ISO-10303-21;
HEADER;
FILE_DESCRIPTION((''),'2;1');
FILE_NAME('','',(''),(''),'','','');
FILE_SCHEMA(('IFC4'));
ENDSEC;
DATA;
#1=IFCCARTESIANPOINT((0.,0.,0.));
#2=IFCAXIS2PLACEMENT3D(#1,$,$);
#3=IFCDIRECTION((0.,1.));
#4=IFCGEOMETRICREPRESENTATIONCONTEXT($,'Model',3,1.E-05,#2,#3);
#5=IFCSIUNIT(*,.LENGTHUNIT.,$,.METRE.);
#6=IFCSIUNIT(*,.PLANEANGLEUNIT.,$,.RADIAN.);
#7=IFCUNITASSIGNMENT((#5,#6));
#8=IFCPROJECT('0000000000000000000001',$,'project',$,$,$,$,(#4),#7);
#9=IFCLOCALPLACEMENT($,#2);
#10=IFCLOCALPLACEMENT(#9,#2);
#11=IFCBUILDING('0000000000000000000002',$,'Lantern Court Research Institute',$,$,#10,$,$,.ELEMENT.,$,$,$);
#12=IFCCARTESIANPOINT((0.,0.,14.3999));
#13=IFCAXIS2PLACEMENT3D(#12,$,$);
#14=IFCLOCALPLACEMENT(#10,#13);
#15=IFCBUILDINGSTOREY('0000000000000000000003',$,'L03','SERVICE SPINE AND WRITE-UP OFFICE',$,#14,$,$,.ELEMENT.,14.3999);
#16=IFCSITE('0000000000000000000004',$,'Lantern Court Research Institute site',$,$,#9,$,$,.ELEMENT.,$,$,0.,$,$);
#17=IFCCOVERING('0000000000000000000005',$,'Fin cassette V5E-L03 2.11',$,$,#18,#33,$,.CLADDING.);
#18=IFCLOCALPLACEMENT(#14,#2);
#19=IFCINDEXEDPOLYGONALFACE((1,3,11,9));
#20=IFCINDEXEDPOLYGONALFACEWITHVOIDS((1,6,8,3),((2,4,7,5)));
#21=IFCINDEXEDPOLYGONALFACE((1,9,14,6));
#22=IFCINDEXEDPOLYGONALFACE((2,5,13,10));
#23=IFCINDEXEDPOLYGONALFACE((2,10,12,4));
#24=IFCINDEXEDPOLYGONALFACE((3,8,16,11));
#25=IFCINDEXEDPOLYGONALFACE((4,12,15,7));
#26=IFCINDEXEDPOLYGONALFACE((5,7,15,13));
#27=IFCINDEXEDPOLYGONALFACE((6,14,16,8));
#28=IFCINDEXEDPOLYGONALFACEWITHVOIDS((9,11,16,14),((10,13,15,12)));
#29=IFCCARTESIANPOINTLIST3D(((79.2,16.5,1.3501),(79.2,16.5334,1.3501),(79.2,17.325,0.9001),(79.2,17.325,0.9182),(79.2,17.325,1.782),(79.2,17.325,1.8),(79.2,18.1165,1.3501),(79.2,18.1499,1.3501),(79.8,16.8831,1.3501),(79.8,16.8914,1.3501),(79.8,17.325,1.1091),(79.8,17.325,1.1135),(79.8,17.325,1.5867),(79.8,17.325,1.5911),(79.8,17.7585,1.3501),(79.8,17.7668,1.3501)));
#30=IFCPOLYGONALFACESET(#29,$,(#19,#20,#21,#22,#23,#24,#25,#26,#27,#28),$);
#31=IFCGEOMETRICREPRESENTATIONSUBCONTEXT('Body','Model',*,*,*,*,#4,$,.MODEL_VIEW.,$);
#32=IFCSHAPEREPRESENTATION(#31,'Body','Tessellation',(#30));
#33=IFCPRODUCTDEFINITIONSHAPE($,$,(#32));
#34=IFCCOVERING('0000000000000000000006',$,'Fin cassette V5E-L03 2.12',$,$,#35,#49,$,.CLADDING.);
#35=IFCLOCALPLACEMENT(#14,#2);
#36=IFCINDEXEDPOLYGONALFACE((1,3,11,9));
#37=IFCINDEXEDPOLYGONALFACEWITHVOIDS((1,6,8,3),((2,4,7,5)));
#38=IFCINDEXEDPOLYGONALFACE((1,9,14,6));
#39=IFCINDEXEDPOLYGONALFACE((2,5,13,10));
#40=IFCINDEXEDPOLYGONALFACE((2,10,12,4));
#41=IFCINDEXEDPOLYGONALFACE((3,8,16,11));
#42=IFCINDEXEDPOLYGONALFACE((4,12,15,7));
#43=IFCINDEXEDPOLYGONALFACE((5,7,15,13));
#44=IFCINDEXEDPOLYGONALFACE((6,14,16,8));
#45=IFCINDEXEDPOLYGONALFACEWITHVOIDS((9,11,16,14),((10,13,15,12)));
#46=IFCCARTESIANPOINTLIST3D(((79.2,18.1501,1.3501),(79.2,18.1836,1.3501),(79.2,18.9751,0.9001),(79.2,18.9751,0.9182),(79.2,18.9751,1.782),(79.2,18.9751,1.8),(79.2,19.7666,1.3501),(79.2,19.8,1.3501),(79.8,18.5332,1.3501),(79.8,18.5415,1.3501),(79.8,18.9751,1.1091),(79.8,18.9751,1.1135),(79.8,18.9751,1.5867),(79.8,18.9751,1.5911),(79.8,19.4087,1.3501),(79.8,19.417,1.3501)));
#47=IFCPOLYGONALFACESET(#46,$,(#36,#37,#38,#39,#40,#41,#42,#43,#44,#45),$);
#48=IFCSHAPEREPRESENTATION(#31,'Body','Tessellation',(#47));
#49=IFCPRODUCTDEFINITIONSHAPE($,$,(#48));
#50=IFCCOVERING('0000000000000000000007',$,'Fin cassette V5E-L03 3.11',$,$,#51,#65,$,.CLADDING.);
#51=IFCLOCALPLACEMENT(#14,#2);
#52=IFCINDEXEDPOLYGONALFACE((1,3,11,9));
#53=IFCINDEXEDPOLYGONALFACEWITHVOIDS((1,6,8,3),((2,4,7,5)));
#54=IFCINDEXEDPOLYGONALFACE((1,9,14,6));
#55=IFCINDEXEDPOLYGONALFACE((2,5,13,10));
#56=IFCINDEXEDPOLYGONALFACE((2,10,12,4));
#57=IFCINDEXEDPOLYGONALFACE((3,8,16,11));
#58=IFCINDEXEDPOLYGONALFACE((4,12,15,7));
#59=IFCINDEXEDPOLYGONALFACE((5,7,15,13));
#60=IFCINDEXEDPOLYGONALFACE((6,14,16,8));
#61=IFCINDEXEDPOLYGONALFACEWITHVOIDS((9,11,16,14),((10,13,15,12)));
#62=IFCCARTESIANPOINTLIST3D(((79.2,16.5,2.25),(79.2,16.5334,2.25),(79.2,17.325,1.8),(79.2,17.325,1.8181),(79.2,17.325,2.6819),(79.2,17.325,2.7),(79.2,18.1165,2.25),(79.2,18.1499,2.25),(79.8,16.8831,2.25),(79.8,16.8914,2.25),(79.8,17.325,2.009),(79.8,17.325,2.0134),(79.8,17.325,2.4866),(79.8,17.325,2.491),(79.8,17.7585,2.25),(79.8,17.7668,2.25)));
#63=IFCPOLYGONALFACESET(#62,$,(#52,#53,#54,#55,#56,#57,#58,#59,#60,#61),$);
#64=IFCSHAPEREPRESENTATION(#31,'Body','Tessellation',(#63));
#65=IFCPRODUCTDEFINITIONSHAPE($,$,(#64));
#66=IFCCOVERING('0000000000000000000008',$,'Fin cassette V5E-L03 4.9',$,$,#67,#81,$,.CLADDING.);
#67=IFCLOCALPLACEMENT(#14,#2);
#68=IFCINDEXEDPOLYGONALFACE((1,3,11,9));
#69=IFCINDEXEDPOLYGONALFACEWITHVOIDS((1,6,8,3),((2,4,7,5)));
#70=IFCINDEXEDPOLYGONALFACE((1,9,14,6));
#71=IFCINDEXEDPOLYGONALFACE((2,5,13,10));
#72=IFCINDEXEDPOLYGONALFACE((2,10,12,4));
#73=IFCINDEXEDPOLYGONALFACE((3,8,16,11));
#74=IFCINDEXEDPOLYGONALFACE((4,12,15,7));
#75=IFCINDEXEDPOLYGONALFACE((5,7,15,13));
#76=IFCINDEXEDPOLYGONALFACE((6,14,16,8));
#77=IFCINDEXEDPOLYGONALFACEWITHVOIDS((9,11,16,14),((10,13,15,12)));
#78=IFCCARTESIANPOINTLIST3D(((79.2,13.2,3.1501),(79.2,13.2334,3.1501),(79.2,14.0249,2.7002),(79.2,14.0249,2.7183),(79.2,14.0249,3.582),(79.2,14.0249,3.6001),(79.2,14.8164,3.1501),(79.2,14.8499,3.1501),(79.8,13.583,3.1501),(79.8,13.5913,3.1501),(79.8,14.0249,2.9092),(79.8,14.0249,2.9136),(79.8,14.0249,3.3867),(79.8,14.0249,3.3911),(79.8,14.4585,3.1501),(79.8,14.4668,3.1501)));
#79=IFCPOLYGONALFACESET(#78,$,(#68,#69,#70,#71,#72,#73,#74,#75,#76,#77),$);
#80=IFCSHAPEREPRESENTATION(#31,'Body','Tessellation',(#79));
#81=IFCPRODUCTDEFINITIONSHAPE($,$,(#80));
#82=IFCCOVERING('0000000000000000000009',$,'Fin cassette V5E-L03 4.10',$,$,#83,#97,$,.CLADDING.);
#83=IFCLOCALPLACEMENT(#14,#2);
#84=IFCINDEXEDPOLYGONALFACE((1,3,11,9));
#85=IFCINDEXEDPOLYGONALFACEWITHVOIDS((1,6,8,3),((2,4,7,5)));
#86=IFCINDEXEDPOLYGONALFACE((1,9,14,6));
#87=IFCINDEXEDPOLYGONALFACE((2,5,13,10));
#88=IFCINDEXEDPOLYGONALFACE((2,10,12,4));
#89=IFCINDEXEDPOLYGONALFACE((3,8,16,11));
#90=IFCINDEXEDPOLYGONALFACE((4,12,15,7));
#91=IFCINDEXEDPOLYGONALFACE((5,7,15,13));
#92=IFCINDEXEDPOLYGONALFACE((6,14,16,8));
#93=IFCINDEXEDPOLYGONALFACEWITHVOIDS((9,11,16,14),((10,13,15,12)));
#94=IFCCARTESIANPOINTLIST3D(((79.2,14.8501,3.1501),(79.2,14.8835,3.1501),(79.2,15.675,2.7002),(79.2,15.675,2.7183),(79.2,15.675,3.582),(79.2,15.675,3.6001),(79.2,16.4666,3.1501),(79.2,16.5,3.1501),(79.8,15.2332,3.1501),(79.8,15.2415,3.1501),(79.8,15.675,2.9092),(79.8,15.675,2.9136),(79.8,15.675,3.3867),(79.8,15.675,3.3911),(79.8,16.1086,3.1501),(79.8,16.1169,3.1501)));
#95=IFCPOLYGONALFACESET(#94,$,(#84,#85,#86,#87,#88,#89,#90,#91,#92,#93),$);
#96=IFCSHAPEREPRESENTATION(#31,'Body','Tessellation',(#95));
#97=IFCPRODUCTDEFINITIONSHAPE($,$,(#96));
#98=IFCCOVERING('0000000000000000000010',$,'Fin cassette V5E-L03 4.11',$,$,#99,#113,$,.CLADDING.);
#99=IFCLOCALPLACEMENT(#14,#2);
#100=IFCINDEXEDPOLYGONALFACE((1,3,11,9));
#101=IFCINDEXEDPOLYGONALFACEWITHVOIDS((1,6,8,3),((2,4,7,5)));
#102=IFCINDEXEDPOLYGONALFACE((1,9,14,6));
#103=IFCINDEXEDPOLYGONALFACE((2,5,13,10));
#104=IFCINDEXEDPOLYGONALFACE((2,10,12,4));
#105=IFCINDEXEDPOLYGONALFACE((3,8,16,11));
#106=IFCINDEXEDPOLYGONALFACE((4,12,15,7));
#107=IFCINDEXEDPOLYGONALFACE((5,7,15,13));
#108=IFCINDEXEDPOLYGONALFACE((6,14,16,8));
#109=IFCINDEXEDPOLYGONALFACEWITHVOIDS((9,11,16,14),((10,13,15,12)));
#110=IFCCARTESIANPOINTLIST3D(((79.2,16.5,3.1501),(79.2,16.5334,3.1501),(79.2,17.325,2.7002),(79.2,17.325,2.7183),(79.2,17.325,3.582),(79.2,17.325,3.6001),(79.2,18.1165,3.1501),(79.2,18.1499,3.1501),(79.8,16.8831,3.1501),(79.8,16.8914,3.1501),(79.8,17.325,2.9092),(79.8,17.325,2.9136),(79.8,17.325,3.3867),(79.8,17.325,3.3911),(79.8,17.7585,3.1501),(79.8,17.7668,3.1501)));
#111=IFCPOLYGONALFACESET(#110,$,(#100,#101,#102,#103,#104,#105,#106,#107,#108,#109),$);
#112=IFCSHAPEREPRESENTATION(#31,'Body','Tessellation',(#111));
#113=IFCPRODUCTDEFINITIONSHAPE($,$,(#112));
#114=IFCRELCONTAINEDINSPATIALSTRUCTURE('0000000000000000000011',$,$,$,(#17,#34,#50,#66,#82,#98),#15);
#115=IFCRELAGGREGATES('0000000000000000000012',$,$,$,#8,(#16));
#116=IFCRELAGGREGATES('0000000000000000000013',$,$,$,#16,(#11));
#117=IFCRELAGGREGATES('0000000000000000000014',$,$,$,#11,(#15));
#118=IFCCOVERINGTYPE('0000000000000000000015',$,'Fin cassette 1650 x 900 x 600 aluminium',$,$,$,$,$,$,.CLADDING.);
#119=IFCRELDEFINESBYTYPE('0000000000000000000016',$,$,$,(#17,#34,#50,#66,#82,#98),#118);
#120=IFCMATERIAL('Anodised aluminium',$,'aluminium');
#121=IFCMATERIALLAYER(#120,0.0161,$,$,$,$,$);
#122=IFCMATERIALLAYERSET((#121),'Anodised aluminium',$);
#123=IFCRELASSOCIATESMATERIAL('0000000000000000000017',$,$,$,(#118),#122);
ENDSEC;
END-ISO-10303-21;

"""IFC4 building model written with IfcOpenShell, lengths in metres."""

from ifc_helpers import new_model, entity, si_unit, direction, frame, origin, place, context, subcontext, project, spatial, material, layer, layer_set, type_object, element, save


model = new_model("IFC4")

# Units and contexts
model_context = context("Model", 3, precision=1e-05, world=origin(), true_north=direction((0.0, 1.0)))
body_context = subcontext(model_context, "Body", "Model", "MODEL_VIEW")
ifc_project = project(units=[si_unit("LENGTHUNIT", "METRE"), si_unit("PLANEANGLEUNIT", "RADIAN")], contexts=[model_context])

# Site, building, storey
site_placement = place(None, origin())
site = spatial("IfcSite", under=ifc_project, at=site_placement, Name="Lantern Court Research Institute site", CompositionType="ELEMENT", RefElevation=0.0)
building_placement = place(site_placement, origin())
building = spatial("IfcBuilding", under=site, at=building_placement, Name="Lantern Court Research Institute", CompositionType="ELEMENT")
storey_placement = place(building_placement, frame((0.0, 0.0, 14.3999)))
storey = spatial("IfcBuildingStorey", under=building, at=storey_placement, Name="L03", Description="SERVICE SPINE AND WRITE-UP OFFICE", CompositionType="ELEMENT", Elevation=14.3999)

# Coverings
ifc_material_1 = material(Name="Anodised aluminium", Category="aluminium")
ifc_layer_1 = layer(ifc_material_1, 0.0161)
ifc_layer_set_1 = layer_set([ifc_layer_1], Name="Anodised aluminium")
covering_type = type_object("IfcCoveringType", Name="Fin cassette 1650 x 900 x 600 aluminium", PredefinedType="CLADDING", material=ifc_layer_set_1)
covering_1_placement = place(storey_placement, frame((79.2, 17.325, 1.3501), z_axis=(1.0, 0.0, 0.0), x_axis=(0.0, 1.0, 0.0)))
cartesian_point_1 = entity("IfcCartesianPoint", [0.825, 0.0])
cartesian_point_2 = entity("IfcCartesianPoint", [0.7915, 0.0])
cartesian_point_3 = entity("IfcCartesianPoint", [0.4419, 0.0])
cartesian_point_4 = entity("IfcCartesianPoint", [0.4336, 0.0])
element("IfcCovering", 1, at=covering_1_placement, inside=storey, type_object=covering_type, Name="Fin cassette V5E-L03 2.11", PredefinedType="CLADDING", context=body_context, shape_type="SweptSolid", body=[
    entity("IfcExtrudedAreaSolidTapered", entity("IfcArbitraryProfileDefWithVoids", "AREA", None, entity("IfcPolyline", [cartesian_point_1, entity("IfcCartesianPoint", [0.0, 0.45]), entity("IfcCartesianPoint", [-0.825, 0.0]), entity("IfcCartesianPoint", [0.0, -0.45]), cartesian_point_1]), [entity("IfcPolyline", [cartesian_point_2, entity("IfcCartesianPoint", [0.0, 0.4319]), entity("IfcCartesianPoint", [-0.7915, 0.0]), entity("IfcCartesianPoint", [0.0, -0.4319]), cartesian_point_2])]), entity("IfcAxis2Placement3D", entity("IfcCartesianPoint", [0.0, 0.0, 0.0])), entity("IfcDirection", [0.0, 0.0, 1.0]), 0.6001, entity("IfcArbitraryProfileDefWithVoids", "AREA", None, entity("IfcPolyline", [cartesian_point_3, entity("IfcCartesianPoint", [0.0, 0.241]), entity("IfcCartesianPoint", [-0.4419, 0.0]), entity("IfcCartesianPoint", [0.0, -0.241]), cartesian_point_3]), [entity("IfcPolyline", [cartesian_point_4, entity("IfcCartesianPoint", [0.0, 0.2366]), entity("IfcCartesianPoint", [-0.4336, 0.0]), entity("IfcCartesianPoint", [0.0, -0.2366]), cartesian_point_4])])),
])
covering_2_placement = place(storey_placement, frame((79.2, 18.9751, 1.3501), z_axis=(1.0, 0.0, 0.0), x_axis=(0.0, 1.0, 0.0)))
cartesian_point_5 = entity("IfcCartesianPoint", [0.825, 0.0])
cartesian_point_6 = entity("IfcCartesianPoint", [0.7915, 0.0])
cartesian_point_7 = entity("IfcCartesianPoint", [0.4419, 0.0])
cartesian_point_8 = entity("IfcCartesianPoint", [0.4336, 0.0])
element("IfcCovering", 2, at=covering_2_placement, inside=storey, type_object=covering_type, Name="Fin cassette V5E-L03 2.12", PredefinedType="CLADDING", context=body_context, shape_type="SweptSolid", body=[
    entity("IfcExtrudedAreaSolidTapered", entity("IfcArbitraryProfileDefWithVoids", "AREA", None, entity("IfcPolyline", [cartesian_point_5, entity("IfcCartesianPoint", [0.0, 0.45]), entity("IfcCartesianPoint", [-0.825, 0.0]), entity("IfcCartesianPoint", [0.0, -0.45]), cartesian_point_5]), [entity("IfcPolyline", [cartesian_point_6, entity("IfcCartesianPoint", [0.0, 0.4319]), entity("IfcCartesianPoint", [-0.7915, 0.0]), entity("IfcCartesianPoint", [0.0, -0.4319]), cartesian_point_6])]), entity("IfcAxis2Placement3D", entity("IfcCartesianPoint", [0.0, 0.0, 0.0])), entity("IfcDirection", [0.0, 0.0, 1.0]), 0.6001, entity("IfcArbitraryProfileDefWithVoids", "AREA", None, entity("IfcPolyline", [cartesian_point_7, entity("IfcCartesianPoint", [0.0, 0.241]), entity("IfcCartesianPoint", [-0.4419, 0.0]), entity("IfcCartesianPoint", [0.0, -0.241]), cartesian_point_7]), [entity("IfcPolyline", [cartesian_point_8, entity("IfcCartesianPoint", [0.0, 0.2366]), entity("IfcCartesianPoint", [-0.4336, 0.0]), entity("IfcCartesianPoint", [0.0, -0.2366]), cartesian_point_8])])),
])
covering_3_placement = place(storey_placement, frame((79.2, 17.325, 2.25), z_axis=(1.0, 0.0, 0.0), x_axis=(0.0, 1.0, 0.0)))
cartesian_point_9 = entity("IfcCartesianPoint", [0.825, 0.0])
cartesian_point_10 = entity("IfcCartesianPoint", [0.7915, 0.0])
cartesian_point_11 = entity("IfcCartesianPoint", [0.4419, 0.0])
cartesian_point_12 = entity("IfcCartesianPoint", [0.4336, 0.0])
element("IfcCovering", 3, at=covering_3_placement, inside=storey, type_object=covering_type, Name="Fin cassette V5E-L03 3.11", PredefinedType="CLADDING", context=body_context, shape_type="SweptSolid", body=[
    entity("IfcExtrudedAreaSolidTapered", entity("IfcArbitraryProfileDefWithVoids", "AREA", None, entity("IfcPolyline", [cartesian_point_9, entity("IfcCartesianPoint", [0.0, 0.45]), entity("IfcCartesianPoint", [-0.825, 0.0]), entity("IfcCartesianPoint", [0.0, -0.45]), cartesian_point_9]), [entity("IfcPolyline", [cartesian_point_10, entity("IfcCartesianPoint", [0.0, 0.4319]), entity("IfcCartesianPoint", [-0.7915, 0.0]), entity("IfcCartesianPoint", [0.0, -0.4319]), cartesian_point_10])]), entity("IfcAxis2Placement3D", entity("IfcCartesianPoint", [0.0, 0.0, 0.0])), entity("IfcDirection", [0.0, 0.0, 1.0]), 0.6001, entity("IfcArbitraryProfileDefWithVoids", "AREA", None, entity("IfcPolyline", [cartesian_point_11, entity("IfcCartesianPoint", [0.0, 0.241]), entity("IfcCartesianPoint", [-0.4419, 0.0]), entity("IfcCartesianPoint", [0.0, -0.241]), cartesian_point_11]), [entity("IfcPolyline", [cartesian_point_12, entity("IfcCartesianPoint", [0.0, 0.2366]), entity("IfcCartesianPoint", [-0.4336, 0.0]), entity("IfcCartesianPoint", [0.0, -0.2366]), cartesian_point_12])])),
])
covering_4_placement = place(storey_placement, frame((79.2, 14.0249, 3.1501), z_axis=(1.0, 0.0, 0.0), x_axis=(0.0, 1.0, 0.0)))
cartesian_point_13 = entity("IfcCartesianPoint", [0.825, 0.0])
cartesian_point_14 = entity("IfcCartesianPoint", [0.7915, 0.0])
cartesian_point_15 = entity("IfcCartesianPoint", [0.4419, 0.0])
cartesian_point_16 = entity("IfcCartesianPoint", [0.4336, 0.0])
element("IfcCovering", 4, at=covering_4_placement, inside=storey, type_object=covering_type, Name="Fin cassette V5E-L03 4.9", PredefinedType="CLADDING", context=body_context, shape_type="SweptSolid", body=[
    entity("IfcExtrudedAreaSolidTapered", entity("IfcArbitraryProfileDefWithVoids", "AREA", None, entity("IfcPolyline", [cartesian_point_13, entity("IfcCartesianPoint", [0.0, 0.45]), entity("IfcCartesianPoint", [-0.825, 0.0]), entity("IfcCartesianPoint", [0.0, -0.45]), cartesian_point_13]), [entity("IfcPolyline", [cartesian_point_14, entity("IfcCartesianPoint", [0.0, 0.4319]), entity("IfcCartesianPoint", [-0.7915, 0.0]), entity("IfcCartesianPoint", [0.0, -0.4319]), cartesian_point_14])]), entity("IfcAxis2Placement3D", entity("IfcCartesianPoint", [0.0, 0.0, 0.0])), entity("IfcDirection", [0.0, 0.0, 1.0]), 0.6001, entity("IfcArbitraryProfileDefWithVoids", "AREA", None, entity("IfcPolyline", [cartesian_point_15, entity("IfcCartesianPoint", [0.0, 0.241]), entity("IfcCartesianPoint", [-0.4419, 0.0]), entity("IfcCartesianPoint", [0.0, -0.241]), cartesian_point_15]), [entity("IfcPolyline", [cartesian_point_16, entity("IfcCartesianPoint", [0.0, 0.2366]), entity("IfcCartesianPoint", [-0.4336, 0.0]), entity("IfcCartesianPoint", [0.0, -0.2366]), cartesian_point_16])])),
])
covering_5_placement = place(storey_placement, frame((79.2, 15.675, 3.1501), z_axis=(1.0, 0.0, 0.0), x_axis=(0.0, 1.0, 0.0)))
cartesian_point_17 = entity("IfcCartesianPoint", [0.825, 0.0])
cartesian_point_18 = entity("IfcCartesianPoint", [0.7915, 0.0])
cartesian_point_19 = entity("IfcCartesianPoint", [0.4419, 0.0])
cartesian_point_20 = entity("IfcCartesianPoint", [0.4336, 0.0])
element("IfcCovering", 5, at=covering_5_placement, inside=storey, type_object=covering_type, Name="Fin cassette V5E-L03 4.10", PredefinedType="CLADDING", context=body_context, shape_type="SweptSolid", body=[
    entity("IfcExtrudedAreaSolidTapered", entity("IfcArbitraryProfileDefWithVoids", "AREA", None, entity("IfcPolyline", [cartesian_point_17, entity("IfcCartesianPoint", [0.0, 0.45]), entity("IfcCartesianPoint", [-0.825, 0.0]), entity("IfcCartesianPoint", [0.0, -0.45]), cartesian_point_17]), [entity("IfcPolyline", [cartesian_point_18, entity("IfcCartesianPoint", [0.0, 0.4319]), entity("IfcCartesianPoint", [-0.7915, 0.0]), entity("IfcCartesianPoint", [0.0, -0.4319]), cartesian_point_18])]), entity("IfcAxis2Placement3D", entity("IfcCartesianPoint", [0.0, 0.0, 0.0])), entity("IfcDirection", [0.0, 0.0, 1.0]), 0.6001, entity("IfcArbitraryProfileDefWithVoids", "AREA", None, entity("IfcPolyline", [cartesian_point_19, entity("IfcCartesianPoint", [0.0, 0.241]), entity("IfcCartesianPoint", [-0.4419, 0.0]), entity("IfcCartesianPoint", [0.0, -0.241]), cartesian_point_19]), [entity("IfcPolyline", [cartesian_point_20, entity("IfcCartesianPoint", [0.0, 0.2366]), entity("IfcCartesianPoint", [-0.4336, 0.0]), entity("IfcCartesianPoint", [0.0, -0.2366]), cartesian_point_20])])),
])
covering_6_placement = place(storey_placement, frame((79.2, 17.325, 3.1501), z_axis=(1.0, 0.0, 0.0), x_axis=(0.0, 1.0, 0.0)))
cartesian_point_21 = entity("IfcCartesianPoint", [0.825, 0.0])
cartesian_point_22 = entity("IfcCartesianPoint", [0.7915, 0.0])
cartesian_point_23 = entity("IfcCartesianPoint", [0.4419, 0.0])
cartesian_point_24 = entity("IfcCartesianPoint", [0.4336, 0.0])
element("IfcCovering", 6, at=covering_6_placement, inside=storey, type_object=covering_type, Name="Fin cassette V5E-L03 4.11", PredefinedType="CLADDING", context=body_context, shape_type="SweptSolid", body=[
    entity("IfcExtrudedAreaSolidTapered", entity("IfcArbitraryProfileDefWithVoids", "AREA", None, entity("IfcPolyline", [cartesian_point_21, entity("IfcCartesianPoint", [0.0, 0.45]), entity("IfcCartesianPoint", [-0.825, 0.0]), entity("IfcCartesianPoint", [0.0, -0.45]), cartesian_point_21]), [entity("IfcPolyline", [cartesian_point_22, entity("IfcCartesianPoint", [0.0, 0.4319]), entity("IfcCartesianPoint", [-0.7915, 0.0]), entity("IfcCartesianPoint", [0.0, -0.4319]), cartesian_point_22])]), entity("IfcAxis2Placement3D", entity("IfcCartesianPoint", [0.0, 0.0, 0.0])), entity("IfcDirection", [0.0, 0.0, 1.0]), 0.6001, entity("IfcArbitraryProfileDefWithVoids", "AREA", None, entity("IfcPolyline", [cartesian_point_23, entity("IfcCartesianPoint", [0.0, 0.241]), entity("IfcCartesianPoint", [-0.4419, 0.0]), entity("IfcCartesianPoint", [0.0, -0.241]), cartesian_point_23]), [entity("IfcPolyline", [cartesian_point_24, entity("IfcCartesianPoint", [0.0, 0.2366]), entity("IfcCartesianPoint", [-0.4336, 0.0]), entity("IfcCartesianPoint", [0.0, -0.2366]), cartesian_point_24])])),
])

save(model, "model.ifc")
